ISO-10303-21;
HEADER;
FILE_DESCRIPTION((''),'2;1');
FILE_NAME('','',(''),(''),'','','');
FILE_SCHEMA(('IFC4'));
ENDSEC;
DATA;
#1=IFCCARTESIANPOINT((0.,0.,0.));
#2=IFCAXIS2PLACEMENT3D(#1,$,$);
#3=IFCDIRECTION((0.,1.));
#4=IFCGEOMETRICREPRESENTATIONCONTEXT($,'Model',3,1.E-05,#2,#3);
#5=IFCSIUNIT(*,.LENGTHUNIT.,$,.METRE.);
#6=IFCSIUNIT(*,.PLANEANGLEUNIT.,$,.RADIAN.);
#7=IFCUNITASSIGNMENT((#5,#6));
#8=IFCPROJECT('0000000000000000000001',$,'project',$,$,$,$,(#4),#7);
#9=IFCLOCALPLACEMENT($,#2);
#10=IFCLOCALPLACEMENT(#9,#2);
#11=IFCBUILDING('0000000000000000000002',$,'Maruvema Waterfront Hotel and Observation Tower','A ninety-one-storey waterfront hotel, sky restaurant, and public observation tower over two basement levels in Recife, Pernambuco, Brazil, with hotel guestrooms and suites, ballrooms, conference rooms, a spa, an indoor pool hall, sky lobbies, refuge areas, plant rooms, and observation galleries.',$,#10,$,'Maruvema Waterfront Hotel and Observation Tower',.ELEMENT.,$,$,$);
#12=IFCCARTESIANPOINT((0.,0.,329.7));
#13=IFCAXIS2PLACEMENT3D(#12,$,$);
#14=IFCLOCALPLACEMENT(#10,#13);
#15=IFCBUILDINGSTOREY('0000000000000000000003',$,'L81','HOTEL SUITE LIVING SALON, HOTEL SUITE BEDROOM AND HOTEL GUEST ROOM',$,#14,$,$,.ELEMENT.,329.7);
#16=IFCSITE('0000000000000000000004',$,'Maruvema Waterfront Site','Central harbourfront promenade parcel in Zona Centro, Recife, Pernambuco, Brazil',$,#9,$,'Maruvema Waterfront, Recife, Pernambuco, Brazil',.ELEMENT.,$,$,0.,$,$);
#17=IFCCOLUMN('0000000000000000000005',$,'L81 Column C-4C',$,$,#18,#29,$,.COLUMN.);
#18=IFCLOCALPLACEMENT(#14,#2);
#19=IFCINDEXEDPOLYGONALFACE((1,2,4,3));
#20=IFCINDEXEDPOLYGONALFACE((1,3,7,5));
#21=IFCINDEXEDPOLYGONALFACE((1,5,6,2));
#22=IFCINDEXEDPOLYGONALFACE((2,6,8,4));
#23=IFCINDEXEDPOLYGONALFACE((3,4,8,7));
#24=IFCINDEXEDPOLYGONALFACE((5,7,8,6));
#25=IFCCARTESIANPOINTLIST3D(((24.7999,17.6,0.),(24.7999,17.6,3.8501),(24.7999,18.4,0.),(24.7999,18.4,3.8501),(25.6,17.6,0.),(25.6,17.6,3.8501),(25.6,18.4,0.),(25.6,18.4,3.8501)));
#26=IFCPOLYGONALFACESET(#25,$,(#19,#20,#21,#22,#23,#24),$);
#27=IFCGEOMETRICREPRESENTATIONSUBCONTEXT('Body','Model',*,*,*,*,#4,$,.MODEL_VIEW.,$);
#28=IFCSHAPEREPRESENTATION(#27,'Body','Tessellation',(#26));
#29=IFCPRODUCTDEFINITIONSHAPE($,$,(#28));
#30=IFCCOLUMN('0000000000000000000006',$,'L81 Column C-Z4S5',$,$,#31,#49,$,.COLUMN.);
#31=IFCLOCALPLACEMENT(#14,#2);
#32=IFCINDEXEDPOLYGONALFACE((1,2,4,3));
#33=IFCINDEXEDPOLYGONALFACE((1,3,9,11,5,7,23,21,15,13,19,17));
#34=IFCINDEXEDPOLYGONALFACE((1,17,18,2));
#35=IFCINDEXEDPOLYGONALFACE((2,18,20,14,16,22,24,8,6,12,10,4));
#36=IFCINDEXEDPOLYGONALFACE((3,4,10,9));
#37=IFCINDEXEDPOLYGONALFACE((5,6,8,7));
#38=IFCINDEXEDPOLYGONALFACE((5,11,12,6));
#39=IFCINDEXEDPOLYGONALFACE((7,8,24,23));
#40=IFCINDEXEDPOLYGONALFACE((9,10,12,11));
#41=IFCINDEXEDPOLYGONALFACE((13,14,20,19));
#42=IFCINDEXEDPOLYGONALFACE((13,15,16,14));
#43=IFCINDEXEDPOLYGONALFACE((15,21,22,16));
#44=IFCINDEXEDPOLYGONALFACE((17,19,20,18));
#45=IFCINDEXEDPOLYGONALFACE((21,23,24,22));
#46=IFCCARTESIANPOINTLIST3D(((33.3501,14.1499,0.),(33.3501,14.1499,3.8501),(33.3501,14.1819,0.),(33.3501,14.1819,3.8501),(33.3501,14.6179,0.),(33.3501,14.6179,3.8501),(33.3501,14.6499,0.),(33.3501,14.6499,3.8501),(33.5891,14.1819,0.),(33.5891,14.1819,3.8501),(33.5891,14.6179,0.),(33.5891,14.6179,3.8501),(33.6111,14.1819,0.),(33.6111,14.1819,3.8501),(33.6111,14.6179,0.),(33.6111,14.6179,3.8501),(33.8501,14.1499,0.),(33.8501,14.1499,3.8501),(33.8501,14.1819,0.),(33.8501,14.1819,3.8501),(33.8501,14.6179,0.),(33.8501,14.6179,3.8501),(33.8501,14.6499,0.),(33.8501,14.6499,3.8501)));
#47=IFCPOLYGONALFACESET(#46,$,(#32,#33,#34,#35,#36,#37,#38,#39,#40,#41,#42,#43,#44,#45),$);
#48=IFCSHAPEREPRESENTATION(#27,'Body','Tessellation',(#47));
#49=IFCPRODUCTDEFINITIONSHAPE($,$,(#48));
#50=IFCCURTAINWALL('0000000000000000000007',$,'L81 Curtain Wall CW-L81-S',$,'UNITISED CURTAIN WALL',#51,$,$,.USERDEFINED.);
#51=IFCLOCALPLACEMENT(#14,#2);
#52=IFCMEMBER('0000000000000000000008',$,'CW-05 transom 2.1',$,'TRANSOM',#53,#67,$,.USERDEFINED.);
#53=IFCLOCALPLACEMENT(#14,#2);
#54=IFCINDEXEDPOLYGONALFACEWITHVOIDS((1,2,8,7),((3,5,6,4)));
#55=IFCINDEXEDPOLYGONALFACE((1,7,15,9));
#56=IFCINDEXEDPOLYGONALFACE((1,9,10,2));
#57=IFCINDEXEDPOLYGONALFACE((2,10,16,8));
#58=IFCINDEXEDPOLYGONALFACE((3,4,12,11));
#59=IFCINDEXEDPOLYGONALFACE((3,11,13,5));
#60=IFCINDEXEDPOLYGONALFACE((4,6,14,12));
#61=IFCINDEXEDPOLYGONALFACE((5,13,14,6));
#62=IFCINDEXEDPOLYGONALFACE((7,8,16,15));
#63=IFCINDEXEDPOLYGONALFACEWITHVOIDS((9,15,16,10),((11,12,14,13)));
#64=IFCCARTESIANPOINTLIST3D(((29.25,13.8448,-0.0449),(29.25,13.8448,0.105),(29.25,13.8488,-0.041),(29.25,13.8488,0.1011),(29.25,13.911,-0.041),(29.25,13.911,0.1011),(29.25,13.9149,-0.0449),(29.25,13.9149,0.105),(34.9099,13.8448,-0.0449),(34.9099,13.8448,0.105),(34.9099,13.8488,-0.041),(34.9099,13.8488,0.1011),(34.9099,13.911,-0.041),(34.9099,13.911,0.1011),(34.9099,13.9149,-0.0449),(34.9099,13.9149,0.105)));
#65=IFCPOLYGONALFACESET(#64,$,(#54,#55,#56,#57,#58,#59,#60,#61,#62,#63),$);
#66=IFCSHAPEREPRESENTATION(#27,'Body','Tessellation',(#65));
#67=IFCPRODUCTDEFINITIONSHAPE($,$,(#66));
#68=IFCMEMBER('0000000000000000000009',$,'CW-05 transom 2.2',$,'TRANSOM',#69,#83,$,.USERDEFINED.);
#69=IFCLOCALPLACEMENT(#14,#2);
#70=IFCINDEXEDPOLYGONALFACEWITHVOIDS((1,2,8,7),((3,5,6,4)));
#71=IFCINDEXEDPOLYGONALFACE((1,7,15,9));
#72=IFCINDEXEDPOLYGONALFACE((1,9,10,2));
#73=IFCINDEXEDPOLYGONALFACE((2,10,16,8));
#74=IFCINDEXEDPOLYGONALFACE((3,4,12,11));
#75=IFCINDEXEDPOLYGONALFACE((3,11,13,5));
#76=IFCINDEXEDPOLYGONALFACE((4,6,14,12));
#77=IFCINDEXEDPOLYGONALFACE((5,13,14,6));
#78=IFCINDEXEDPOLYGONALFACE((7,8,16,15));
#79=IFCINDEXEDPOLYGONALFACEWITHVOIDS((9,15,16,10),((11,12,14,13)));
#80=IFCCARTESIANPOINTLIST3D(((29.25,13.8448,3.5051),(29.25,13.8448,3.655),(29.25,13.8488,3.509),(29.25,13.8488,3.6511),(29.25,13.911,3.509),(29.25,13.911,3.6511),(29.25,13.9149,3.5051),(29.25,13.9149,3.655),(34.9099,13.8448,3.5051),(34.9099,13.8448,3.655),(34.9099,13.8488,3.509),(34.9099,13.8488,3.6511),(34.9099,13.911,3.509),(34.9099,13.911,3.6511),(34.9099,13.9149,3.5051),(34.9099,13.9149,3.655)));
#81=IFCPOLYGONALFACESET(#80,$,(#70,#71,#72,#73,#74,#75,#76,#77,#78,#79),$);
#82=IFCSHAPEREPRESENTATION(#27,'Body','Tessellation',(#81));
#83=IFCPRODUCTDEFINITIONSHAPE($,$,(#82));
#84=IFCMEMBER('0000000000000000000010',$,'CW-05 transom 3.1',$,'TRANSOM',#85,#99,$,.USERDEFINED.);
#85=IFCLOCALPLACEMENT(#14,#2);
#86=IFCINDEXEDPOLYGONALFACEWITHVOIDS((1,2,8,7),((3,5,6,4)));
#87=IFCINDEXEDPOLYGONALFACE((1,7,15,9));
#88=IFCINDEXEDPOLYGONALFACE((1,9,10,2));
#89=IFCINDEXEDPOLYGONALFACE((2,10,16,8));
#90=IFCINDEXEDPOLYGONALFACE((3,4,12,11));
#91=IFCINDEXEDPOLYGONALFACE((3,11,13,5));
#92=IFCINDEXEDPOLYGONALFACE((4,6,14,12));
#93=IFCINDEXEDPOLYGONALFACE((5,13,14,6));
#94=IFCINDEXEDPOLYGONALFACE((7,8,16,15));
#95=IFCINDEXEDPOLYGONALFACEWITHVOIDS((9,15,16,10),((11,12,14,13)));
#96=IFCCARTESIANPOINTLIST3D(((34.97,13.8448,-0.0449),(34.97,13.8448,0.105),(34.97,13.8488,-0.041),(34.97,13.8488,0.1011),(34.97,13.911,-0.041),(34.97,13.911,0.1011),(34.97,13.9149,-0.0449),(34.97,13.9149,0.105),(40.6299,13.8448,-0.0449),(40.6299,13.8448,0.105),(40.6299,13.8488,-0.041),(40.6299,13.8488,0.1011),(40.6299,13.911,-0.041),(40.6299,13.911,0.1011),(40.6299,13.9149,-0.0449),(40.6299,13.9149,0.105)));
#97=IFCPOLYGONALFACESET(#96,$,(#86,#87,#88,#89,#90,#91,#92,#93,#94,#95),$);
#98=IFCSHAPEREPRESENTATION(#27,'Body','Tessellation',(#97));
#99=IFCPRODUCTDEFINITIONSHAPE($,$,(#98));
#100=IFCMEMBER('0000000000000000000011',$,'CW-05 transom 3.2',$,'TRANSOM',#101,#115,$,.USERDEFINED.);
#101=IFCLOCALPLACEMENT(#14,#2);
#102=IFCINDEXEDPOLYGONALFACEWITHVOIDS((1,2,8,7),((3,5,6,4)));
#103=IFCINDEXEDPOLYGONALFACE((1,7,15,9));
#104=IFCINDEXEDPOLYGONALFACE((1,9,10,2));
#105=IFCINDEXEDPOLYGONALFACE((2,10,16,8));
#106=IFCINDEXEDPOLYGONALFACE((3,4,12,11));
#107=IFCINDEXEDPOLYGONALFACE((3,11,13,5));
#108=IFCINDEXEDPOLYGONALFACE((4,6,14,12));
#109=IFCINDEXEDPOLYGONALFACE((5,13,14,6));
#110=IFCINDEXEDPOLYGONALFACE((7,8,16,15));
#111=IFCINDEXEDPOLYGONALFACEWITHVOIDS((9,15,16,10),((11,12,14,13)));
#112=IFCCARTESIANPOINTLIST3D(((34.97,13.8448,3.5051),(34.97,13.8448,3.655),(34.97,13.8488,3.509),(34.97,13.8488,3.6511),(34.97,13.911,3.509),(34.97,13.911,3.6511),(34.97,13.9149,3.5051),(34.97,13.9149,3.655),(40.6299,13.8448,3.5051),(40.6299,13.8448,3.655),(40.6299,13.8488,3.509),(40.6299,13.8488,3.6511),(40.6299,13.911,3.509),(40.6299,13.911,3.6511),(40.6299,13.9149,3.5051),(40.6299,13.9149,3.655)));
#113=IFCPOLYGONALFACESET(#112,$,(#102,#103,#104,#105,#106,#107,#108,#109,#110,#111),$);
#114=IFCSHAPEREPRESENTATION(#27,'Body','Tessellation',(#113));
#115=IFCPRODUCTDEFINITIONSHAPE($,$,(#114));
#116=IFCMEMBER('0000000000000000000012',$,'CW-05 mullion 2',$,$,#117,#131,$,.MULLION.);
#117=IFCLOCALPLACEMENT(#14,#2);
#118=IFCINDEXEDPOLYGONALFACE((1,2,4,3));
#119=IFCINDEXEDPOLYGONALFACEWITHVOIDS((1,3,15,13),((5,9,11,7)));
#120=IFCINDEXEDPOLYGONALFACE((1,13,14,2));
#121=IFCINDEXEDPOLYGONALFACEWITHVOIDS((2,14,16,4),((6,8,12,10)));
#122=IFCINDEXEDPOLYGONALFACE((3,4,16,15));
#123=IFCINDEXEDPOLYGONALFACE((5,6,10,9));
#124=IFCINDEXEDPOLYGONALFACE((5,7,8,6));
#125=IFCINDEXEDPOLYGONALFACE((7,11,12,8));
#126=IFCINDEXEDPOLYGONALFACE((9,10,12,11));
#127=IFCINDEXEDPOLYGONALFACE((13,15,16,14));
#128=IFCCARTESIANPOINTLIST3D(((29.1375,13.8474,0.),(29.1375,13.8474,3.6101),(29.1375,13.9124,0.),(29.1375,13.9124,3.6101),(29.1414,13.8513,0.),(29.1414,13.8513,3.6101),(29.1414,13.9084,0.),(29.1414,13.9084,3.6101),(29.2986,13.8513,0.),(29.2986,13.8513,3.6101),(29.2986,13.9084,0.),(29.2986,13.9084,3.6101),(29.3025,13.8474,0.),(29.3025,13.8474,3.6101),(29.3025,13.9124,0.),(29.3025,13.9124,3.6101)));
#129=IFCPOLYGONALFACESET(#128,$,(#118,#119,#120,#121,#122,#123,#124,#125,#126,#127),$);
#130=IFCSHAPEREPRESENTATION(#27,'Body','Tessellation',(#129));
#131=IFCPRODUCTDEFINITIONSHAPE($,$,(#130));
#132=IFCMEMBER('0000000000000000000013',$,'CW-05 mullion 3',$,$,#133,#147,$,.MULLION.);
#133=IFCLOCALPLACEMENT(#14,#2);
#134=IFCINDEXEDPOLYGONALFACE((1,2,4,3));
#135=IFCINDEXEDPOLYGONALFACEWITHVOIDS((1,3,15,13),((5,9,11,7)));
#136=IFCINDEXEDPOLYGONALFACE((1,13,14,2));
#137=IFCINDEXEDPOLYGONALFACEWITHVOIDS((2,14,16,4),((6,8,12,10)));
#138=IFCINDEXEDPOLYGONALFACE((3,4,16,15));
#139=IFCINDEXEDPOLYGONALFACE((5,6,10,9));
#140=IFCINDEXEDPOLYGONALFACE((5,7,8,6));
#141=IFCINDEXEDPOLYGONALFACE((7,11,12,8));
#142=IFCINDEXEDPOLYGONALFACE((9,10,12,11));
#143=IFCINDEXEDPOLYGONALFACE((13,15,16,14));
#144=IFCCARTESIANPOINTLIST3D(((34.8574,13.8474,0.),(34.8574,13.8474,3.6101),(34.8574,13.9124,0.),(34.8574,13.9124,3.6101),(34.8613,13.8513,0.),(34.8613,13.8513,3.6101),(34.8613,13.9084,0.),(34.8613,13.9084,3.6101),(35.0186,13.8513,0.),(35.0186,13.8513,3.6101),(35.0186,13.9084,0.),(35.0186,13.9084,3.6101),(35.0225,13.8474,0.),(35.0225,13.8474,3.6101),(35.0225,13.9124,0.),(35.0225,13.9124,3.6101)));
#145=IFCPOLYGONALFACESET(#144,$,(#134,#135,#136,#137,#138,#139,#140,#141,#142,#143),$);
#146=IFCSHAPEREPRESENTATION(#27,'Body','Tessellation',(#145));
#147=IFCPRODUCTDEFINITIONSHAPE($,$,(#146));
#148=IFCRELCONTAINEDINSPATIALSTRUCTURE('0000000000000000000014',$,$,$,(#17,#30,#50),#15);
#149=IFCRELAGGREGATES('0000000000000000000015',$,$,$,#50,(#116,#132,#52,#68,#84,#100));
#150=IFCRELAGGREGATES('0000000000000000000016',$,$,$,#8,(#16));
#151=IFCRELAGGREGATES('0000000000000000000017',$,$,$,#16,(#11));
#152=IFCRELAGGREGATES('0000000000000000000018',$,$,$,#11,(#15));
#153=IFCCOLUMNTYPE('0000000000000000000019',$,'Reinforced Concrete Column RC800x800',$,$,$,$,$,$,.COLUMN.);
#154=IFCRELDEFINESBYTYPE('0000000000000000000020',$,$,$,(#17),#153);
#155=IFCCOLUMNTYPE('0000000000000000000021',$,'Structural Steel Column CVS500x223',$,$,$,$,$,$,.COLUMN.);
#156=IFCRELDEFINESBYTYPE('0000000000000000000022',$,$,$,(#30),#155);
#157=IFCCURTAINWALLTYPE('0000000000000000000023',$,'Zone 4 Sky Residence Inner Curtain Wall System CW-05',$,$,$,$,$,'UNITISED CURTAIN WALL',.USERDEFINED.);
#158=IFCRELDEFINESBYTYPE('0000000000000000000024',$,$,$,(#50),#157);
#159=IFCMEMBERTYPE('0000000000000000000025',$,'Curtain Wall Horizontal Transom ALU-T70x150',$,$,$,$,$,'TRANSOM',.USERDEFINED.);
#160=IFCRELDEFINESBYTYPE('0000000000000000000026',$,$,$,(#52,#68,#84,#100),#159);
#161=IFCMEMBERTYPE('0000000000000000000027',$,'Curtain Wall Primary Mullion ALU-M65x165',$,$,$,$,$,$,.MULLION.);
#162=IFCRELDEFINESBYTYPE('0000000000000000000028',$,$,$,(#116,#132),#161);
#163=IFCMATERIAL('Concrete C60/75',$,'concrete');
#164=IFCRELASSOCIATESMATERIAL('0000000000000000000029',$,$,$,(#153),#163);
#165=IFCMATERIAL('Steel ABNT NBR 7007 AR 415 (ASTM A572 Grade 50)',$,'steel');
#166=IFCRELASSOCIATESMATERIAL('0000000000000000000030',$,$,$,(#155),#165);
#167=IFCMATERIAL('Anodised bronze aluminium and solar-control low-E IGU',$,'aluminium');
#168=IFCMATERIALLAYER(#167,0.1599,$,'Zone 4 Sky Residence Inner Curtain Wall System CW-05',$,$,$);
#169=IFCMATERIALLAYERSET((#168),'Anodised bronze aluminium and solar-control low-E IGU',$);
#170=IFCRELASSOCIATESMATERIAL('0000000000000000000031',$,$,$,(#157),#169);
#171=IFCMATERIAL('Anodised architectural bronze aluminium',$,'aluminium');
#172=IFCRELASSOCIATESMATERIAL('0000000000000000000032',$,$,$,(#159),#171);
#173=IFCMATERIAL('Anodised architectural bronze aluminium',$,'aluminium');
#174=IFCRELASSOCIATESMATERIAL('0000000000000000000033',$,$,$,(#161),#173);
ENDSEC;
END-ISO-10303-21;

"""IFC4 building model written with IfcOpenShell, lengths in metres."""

from ifc_helpers import new_model, si_unit, direction, frame, origin, origin_2d, place, context, subcontext, project, spatial, rectangle, hollow_rectangle, i_section, extrude, material, layer, layer_set, material_profile, profile_set, type_object, element, aggregate, save


model = new_model("IFC4")

# Units and contexts
model_context = context("Model", 3, precision=1e-05, world=origin(), true_north=direction((0.0, 1.0)))
body_context = subcontext(model_context, "Body", "Model", "MODEL_VIEW")
ifc_project = project(units=[si_unit("LENGTHUNIT", "METRE"), si_unit("PLANEANGLEUNIT", "RADIAN")], contexts=[model_context])

# Site, building, storey
site_placement = place(None, origin())
site = spatial("IfcSite", under=ifc_project, at=site_placement, Name="Maruvema Waterfront Site", Description="Central harbourfront promenade parcel in Zona Centro, Recife, Pernambuco, Brazil", LongName="Maruvema Waterfront, Recife, Pernambuco, Brazil", CompositionType="ELEMENT", RefElevation=0.0)
building_placement = place(site_placement, origin())
building = spatial("IfcBuilding", under=site, at=building_placement, Name="Maruvema Waterfront Hotel and Observation Tower", Description="A ninety-one-storey waterfront hotel, sky restaurant, and public observation tower over two basement levels in Recife, Pernambuco, Brazil, with hotel guestrooms and suites, ballrooms, conference rooms, a spa, an indoor pool hall, sky lobbies, refuge areas, plant rooms, and observation galleries.", LongName="Maruvema Waterfront Hotel and Observation Tower", CompositionType="ELEMENT")
storey_placement = place(building_placement, frame((0.0, 0.0, 329.7)))
storey = spatial("IfcBuildingStorey", under=building, at=storey_placement, Name="L81", Description="HOTEL SUITE LIVING SALON, HOTEL SUITE BEDROOM AND HOTEL GUEST ROOM", CompositionType="ELEMENT", Elevation=329.7)

# Columns
ifc_material_1 = material(Name="Concrete C60/75", Category="concrete")
ifc_material_profile_1 = material_profile(ifc_material_1, rectangle(XDim=0.8, YDim=0.8, at=origin_2d()), Name="RC800x800")
ifc_profile_set_1 = profile_set([ifc_material_profile_1], Name="Concrete C60/75")
column_type_1 = type_object("IfcColumnType", Name="Reinforced Concrete Column RC800x800", PredefinedType="COLUMN", material=ifc_profile_set_1)
column_1_placement = place(storey_placement, frame((25.2, 18.0, 0.0), z_axis=(0.0, 0.0, 1.0), x_axis=(1.0, 0.0, 0.0)))
element("IfcColumn", 1, at=column_1_placement, inside=storey, type_object=column_type_1, Name="L81 Column C-4C", PredefinedType="COLUMN", context=body_context, shape_type="SweptSolid", body=[
    extrude(rectangle(XDim=0.8, YDim=0.8, at=origin_2d()), origin(), (0.0, 0.0, 1.0), 3.8501),
])
ifc_material_2 = material(Name="Steel ABNT NBR 7007 AR 415 (ASTM A572 Grade 50)", Category="steel")
ifc_material_profile_2 = material_profile(ifc_material_2, i_section(OverallWidth=0.5, OverallDepth=0.5, WebThickness=0.022, FlangeThickness=0.032, at=origin_2d()), Name="CVS500x223")
ifc_profile_set_2 = profile_set([ifc_material_profile_2], Name="Steel ABNT NBR 7007 AR 415 (ASTM A572 Grade 50)")
column_type_2 = type_object("IfcColumnType", Name="Structural Steel Column CVS500x223", PredefinedType="COLUMN", material=ifc_profile_set_2)
column_2_placement = place(storey_placement, frame((33.6001, 14.3999, 0.0), z_axis=(0.0, 0.0, 1.0), x_axis=(1.0, 0.0, 0.0)))
element("IfcColumn", 2, at=column_2_placement, inside=storey, type_object=column_type_2, Name="L81 Column C-Z4S5", PredefinedType="COLUMN", context=body_context, shape_type="SweptSolid", body=[
    extrude(i_section(OverallWidth=0.5, OverallDepth=0.5, WebThickness=0.022, FlangeThickness=0.032, at=origin_2d()), origin(), (0.0, 0.0, 1.0), 3.8501),
])

# Curtain wall, members
ifc_material_3 = material(Name="Anodised bronze aluminium and solar-control low-E IGU", Category="aluminium")
ifc_layer_1 = layer(ifc_material_3, 0.1599, Name="Zone 4 Sky Residence Inner Curtain Wall System CW-05")
ifc_layer_set_1 = layer_set([ifc_layer_1], Name="Anodised bronze aluminium and solar-control low-E IGU")
curtain_wall_type = type_object("IfcCurtainWallType", Name="Zone 4 Sky Residence Inner Curtain Wall System CW-05", ElementType="UNITISED CURTAIN WALL", PredefinedType="USERDEFINED", material=ifc_layer_set_1)
curtain_wall_placement = place(storey_placement, origin())
curtain_wall = element("IfcCurtainWall", 3, at=curtain_wall_placement, inside=storey, type_object=curtain_wall_type, Name="L81 Curtain Wall CW-L81-S", ObjectType="UNITISED CURTAIN WALL", PredefinedType="USERDEFINED")
ifc_material_4 = material(Name="Anodised architectural bronze aluminium", Category="aluminium")
ifc_material_profile_3 = material_profile(ifc_material_4, hollow_rectangle(XDim=0.0701, YDim=0.1499, WallThickness=0.0039, at=origin_2d()), Name="ALU-T70x150")
ifc_profile_set_3 = profile_set([ifc_material_profile_3], Name="Anodised architectural bronze aluminium")
member_type_1 = type_object("IfcMemberType", Name="Curtain Wall Horizontal Transom ALU-T70x150", ElementType="TRANSOM", PredefinedType="USERDEFINED", material=ifc_profile_set_3)
member_1_placement = place(storey_placement, frame((29.25, 13.8799, 0.03), z_axis=(1.0, 0.0, 0.0), x_axis=(0.0, 1.0, 0.0)))
member_1 = element("IfcMember", 4, at=member_1_placement, type_object=member_type_1, Name="CW-05 transom 2.1", ObjectType="TRANSOM", PredefinedType="USERDEFINED", context=body_context, shape_type="SweptSolid", body=[
    extrude(hollow_rectangle(XDim=0.0701, YDim=0.1499, WallThickness=0.0039, at=origin_2d()), origin(), (0.0, 0.0, 1.0), 5.6599),
])
member_2_placement = place(storey_placement, frame((29.25, 13.8799, 3.5801), z_axis=(1.0, 0.0, 0.0), x_axis=(0.0, 1.0, 0.0)))
member_2 = element("IfcMember", 5, at=member_2_placement, type_object=member_type_1, Name="CW-05 transom 2.2", ObjectType="TRANSOM", PredefinedType="USERDEFINED", context=body_context, shape_type="SweptSolid", body=[
    extrude(hollow_rectangle(XDim=0.0701, YDim=0.1499, WallThickness=0.0039, at=origin_2d()), origin(), (0.0, 0.0, 1.0), 5.6599),
])
member_3_placement = place(storey_placement, frame((34.97, 13.8799, 0.03), z_axis=(1.0, 0.0, 0.0), x_axis=(0.0, 1.0, 0.0)))
member_3 = element("IfcMember", 6, at=member_3_placement, type_object=member_type_1, Name="CW-05 transom 3.1", ObjectType="TRANSOM", PredefinedType="USERDEFINED", context=body_context, shape_type="SweptSolid", body=[
    extrude(hollow_rectangle(XDim=0.0701, YDim=0.1499, WallThickness=0.0039, at=origin_2d()), origin(), (0.0, 0.0, 1.0), 5.6599),
])
member_4_placement = place(storey_placement, frame((34.97, 13.8799, 3.5801), z_axis=(1.0, 0.0, 0.0), x_axis=(0.0, 1.0, 0.0)))
member_4 = element("IfcMember", 7, at=member_4_placement, type_object=member_type_1, Name="CW-05 transom 3.2", ObjectType="TRANSOM", PredefinedType="USERDEFINED", context=body_context, shape_type="SweptSolid", body=[
    extrude(hollow_rectangle(XDim=0.0701, YDim=0.1499, WallThickness=0.0039, at=origin_2d()), origin(), (0.0, 0.0, 1.0), 5.6599),
])
ifc_material_5 = material(Name="Anodised architectural bronze aluminium", Category="aluminium")
ifc_material_profile_4 = material_profile(ifc_material_5, hollow_rectangle(XDim=0.0649, YDim=0.165, WallThickness=0.0039, at=origin_2d()), Name="ALU-M65x165")
ifc_profile_set_4 = profile_set([ifc_material_profile_4], Name="Anodised architectural bronze aluminium")
member_type_2 = type_object("IfcMemberType", Name="Curtain Wall Primary Mullion ALU-M65x165", PredefinedType="MULLION", material=ifc_profile_set_4)
member_5_placement = place(storey_placement, frame((29.22, 13.8799, 0.0), z_axis=(0.0, 0.0, 1.0), x_axis=(0.0, 1.0, 0.0)))
member_5 = element("IfcMember", 8, at=member_5_placement, type_object=member_type_2, Name="CW-05 mullion 2", PredefinedType="MULLION", context=body_context, shape_type="SweptSolid", body=[
    extrude(hollow_rectangle(XDim=0.0649, YDim=0.165, WallThickness=0.0039, at=origin_2d()), origin(), (0.0, 0.0, 1.0), 3.6101),
])
member_6_placement = place(storey_placement, frame((34.9399, 13.8799, 0.0), z_axis=(0.0, 0.0, 1.0), x_axis=(0.0, 1.0, 0.0)))
member_6 = element("IfcMember", 9, at=member_6_placement, type_object=member_type_2, Name="CW-05 mullion 3", PredefinedType="MULLION", context=body_context, shape_type="SweptSolid", body=[
    extrude(hollow_rectangle(XDim=0.0649, YDim=0.165, WallThickness=0.0039, at=origin_2d()), origin(), (0.0, 0.0, 1.0), 3.6101),
])

aggregate(curtain_wall, [member_5, member_6, member_1, member_2, member_3, member_4])

save(model, "model.ifc")
